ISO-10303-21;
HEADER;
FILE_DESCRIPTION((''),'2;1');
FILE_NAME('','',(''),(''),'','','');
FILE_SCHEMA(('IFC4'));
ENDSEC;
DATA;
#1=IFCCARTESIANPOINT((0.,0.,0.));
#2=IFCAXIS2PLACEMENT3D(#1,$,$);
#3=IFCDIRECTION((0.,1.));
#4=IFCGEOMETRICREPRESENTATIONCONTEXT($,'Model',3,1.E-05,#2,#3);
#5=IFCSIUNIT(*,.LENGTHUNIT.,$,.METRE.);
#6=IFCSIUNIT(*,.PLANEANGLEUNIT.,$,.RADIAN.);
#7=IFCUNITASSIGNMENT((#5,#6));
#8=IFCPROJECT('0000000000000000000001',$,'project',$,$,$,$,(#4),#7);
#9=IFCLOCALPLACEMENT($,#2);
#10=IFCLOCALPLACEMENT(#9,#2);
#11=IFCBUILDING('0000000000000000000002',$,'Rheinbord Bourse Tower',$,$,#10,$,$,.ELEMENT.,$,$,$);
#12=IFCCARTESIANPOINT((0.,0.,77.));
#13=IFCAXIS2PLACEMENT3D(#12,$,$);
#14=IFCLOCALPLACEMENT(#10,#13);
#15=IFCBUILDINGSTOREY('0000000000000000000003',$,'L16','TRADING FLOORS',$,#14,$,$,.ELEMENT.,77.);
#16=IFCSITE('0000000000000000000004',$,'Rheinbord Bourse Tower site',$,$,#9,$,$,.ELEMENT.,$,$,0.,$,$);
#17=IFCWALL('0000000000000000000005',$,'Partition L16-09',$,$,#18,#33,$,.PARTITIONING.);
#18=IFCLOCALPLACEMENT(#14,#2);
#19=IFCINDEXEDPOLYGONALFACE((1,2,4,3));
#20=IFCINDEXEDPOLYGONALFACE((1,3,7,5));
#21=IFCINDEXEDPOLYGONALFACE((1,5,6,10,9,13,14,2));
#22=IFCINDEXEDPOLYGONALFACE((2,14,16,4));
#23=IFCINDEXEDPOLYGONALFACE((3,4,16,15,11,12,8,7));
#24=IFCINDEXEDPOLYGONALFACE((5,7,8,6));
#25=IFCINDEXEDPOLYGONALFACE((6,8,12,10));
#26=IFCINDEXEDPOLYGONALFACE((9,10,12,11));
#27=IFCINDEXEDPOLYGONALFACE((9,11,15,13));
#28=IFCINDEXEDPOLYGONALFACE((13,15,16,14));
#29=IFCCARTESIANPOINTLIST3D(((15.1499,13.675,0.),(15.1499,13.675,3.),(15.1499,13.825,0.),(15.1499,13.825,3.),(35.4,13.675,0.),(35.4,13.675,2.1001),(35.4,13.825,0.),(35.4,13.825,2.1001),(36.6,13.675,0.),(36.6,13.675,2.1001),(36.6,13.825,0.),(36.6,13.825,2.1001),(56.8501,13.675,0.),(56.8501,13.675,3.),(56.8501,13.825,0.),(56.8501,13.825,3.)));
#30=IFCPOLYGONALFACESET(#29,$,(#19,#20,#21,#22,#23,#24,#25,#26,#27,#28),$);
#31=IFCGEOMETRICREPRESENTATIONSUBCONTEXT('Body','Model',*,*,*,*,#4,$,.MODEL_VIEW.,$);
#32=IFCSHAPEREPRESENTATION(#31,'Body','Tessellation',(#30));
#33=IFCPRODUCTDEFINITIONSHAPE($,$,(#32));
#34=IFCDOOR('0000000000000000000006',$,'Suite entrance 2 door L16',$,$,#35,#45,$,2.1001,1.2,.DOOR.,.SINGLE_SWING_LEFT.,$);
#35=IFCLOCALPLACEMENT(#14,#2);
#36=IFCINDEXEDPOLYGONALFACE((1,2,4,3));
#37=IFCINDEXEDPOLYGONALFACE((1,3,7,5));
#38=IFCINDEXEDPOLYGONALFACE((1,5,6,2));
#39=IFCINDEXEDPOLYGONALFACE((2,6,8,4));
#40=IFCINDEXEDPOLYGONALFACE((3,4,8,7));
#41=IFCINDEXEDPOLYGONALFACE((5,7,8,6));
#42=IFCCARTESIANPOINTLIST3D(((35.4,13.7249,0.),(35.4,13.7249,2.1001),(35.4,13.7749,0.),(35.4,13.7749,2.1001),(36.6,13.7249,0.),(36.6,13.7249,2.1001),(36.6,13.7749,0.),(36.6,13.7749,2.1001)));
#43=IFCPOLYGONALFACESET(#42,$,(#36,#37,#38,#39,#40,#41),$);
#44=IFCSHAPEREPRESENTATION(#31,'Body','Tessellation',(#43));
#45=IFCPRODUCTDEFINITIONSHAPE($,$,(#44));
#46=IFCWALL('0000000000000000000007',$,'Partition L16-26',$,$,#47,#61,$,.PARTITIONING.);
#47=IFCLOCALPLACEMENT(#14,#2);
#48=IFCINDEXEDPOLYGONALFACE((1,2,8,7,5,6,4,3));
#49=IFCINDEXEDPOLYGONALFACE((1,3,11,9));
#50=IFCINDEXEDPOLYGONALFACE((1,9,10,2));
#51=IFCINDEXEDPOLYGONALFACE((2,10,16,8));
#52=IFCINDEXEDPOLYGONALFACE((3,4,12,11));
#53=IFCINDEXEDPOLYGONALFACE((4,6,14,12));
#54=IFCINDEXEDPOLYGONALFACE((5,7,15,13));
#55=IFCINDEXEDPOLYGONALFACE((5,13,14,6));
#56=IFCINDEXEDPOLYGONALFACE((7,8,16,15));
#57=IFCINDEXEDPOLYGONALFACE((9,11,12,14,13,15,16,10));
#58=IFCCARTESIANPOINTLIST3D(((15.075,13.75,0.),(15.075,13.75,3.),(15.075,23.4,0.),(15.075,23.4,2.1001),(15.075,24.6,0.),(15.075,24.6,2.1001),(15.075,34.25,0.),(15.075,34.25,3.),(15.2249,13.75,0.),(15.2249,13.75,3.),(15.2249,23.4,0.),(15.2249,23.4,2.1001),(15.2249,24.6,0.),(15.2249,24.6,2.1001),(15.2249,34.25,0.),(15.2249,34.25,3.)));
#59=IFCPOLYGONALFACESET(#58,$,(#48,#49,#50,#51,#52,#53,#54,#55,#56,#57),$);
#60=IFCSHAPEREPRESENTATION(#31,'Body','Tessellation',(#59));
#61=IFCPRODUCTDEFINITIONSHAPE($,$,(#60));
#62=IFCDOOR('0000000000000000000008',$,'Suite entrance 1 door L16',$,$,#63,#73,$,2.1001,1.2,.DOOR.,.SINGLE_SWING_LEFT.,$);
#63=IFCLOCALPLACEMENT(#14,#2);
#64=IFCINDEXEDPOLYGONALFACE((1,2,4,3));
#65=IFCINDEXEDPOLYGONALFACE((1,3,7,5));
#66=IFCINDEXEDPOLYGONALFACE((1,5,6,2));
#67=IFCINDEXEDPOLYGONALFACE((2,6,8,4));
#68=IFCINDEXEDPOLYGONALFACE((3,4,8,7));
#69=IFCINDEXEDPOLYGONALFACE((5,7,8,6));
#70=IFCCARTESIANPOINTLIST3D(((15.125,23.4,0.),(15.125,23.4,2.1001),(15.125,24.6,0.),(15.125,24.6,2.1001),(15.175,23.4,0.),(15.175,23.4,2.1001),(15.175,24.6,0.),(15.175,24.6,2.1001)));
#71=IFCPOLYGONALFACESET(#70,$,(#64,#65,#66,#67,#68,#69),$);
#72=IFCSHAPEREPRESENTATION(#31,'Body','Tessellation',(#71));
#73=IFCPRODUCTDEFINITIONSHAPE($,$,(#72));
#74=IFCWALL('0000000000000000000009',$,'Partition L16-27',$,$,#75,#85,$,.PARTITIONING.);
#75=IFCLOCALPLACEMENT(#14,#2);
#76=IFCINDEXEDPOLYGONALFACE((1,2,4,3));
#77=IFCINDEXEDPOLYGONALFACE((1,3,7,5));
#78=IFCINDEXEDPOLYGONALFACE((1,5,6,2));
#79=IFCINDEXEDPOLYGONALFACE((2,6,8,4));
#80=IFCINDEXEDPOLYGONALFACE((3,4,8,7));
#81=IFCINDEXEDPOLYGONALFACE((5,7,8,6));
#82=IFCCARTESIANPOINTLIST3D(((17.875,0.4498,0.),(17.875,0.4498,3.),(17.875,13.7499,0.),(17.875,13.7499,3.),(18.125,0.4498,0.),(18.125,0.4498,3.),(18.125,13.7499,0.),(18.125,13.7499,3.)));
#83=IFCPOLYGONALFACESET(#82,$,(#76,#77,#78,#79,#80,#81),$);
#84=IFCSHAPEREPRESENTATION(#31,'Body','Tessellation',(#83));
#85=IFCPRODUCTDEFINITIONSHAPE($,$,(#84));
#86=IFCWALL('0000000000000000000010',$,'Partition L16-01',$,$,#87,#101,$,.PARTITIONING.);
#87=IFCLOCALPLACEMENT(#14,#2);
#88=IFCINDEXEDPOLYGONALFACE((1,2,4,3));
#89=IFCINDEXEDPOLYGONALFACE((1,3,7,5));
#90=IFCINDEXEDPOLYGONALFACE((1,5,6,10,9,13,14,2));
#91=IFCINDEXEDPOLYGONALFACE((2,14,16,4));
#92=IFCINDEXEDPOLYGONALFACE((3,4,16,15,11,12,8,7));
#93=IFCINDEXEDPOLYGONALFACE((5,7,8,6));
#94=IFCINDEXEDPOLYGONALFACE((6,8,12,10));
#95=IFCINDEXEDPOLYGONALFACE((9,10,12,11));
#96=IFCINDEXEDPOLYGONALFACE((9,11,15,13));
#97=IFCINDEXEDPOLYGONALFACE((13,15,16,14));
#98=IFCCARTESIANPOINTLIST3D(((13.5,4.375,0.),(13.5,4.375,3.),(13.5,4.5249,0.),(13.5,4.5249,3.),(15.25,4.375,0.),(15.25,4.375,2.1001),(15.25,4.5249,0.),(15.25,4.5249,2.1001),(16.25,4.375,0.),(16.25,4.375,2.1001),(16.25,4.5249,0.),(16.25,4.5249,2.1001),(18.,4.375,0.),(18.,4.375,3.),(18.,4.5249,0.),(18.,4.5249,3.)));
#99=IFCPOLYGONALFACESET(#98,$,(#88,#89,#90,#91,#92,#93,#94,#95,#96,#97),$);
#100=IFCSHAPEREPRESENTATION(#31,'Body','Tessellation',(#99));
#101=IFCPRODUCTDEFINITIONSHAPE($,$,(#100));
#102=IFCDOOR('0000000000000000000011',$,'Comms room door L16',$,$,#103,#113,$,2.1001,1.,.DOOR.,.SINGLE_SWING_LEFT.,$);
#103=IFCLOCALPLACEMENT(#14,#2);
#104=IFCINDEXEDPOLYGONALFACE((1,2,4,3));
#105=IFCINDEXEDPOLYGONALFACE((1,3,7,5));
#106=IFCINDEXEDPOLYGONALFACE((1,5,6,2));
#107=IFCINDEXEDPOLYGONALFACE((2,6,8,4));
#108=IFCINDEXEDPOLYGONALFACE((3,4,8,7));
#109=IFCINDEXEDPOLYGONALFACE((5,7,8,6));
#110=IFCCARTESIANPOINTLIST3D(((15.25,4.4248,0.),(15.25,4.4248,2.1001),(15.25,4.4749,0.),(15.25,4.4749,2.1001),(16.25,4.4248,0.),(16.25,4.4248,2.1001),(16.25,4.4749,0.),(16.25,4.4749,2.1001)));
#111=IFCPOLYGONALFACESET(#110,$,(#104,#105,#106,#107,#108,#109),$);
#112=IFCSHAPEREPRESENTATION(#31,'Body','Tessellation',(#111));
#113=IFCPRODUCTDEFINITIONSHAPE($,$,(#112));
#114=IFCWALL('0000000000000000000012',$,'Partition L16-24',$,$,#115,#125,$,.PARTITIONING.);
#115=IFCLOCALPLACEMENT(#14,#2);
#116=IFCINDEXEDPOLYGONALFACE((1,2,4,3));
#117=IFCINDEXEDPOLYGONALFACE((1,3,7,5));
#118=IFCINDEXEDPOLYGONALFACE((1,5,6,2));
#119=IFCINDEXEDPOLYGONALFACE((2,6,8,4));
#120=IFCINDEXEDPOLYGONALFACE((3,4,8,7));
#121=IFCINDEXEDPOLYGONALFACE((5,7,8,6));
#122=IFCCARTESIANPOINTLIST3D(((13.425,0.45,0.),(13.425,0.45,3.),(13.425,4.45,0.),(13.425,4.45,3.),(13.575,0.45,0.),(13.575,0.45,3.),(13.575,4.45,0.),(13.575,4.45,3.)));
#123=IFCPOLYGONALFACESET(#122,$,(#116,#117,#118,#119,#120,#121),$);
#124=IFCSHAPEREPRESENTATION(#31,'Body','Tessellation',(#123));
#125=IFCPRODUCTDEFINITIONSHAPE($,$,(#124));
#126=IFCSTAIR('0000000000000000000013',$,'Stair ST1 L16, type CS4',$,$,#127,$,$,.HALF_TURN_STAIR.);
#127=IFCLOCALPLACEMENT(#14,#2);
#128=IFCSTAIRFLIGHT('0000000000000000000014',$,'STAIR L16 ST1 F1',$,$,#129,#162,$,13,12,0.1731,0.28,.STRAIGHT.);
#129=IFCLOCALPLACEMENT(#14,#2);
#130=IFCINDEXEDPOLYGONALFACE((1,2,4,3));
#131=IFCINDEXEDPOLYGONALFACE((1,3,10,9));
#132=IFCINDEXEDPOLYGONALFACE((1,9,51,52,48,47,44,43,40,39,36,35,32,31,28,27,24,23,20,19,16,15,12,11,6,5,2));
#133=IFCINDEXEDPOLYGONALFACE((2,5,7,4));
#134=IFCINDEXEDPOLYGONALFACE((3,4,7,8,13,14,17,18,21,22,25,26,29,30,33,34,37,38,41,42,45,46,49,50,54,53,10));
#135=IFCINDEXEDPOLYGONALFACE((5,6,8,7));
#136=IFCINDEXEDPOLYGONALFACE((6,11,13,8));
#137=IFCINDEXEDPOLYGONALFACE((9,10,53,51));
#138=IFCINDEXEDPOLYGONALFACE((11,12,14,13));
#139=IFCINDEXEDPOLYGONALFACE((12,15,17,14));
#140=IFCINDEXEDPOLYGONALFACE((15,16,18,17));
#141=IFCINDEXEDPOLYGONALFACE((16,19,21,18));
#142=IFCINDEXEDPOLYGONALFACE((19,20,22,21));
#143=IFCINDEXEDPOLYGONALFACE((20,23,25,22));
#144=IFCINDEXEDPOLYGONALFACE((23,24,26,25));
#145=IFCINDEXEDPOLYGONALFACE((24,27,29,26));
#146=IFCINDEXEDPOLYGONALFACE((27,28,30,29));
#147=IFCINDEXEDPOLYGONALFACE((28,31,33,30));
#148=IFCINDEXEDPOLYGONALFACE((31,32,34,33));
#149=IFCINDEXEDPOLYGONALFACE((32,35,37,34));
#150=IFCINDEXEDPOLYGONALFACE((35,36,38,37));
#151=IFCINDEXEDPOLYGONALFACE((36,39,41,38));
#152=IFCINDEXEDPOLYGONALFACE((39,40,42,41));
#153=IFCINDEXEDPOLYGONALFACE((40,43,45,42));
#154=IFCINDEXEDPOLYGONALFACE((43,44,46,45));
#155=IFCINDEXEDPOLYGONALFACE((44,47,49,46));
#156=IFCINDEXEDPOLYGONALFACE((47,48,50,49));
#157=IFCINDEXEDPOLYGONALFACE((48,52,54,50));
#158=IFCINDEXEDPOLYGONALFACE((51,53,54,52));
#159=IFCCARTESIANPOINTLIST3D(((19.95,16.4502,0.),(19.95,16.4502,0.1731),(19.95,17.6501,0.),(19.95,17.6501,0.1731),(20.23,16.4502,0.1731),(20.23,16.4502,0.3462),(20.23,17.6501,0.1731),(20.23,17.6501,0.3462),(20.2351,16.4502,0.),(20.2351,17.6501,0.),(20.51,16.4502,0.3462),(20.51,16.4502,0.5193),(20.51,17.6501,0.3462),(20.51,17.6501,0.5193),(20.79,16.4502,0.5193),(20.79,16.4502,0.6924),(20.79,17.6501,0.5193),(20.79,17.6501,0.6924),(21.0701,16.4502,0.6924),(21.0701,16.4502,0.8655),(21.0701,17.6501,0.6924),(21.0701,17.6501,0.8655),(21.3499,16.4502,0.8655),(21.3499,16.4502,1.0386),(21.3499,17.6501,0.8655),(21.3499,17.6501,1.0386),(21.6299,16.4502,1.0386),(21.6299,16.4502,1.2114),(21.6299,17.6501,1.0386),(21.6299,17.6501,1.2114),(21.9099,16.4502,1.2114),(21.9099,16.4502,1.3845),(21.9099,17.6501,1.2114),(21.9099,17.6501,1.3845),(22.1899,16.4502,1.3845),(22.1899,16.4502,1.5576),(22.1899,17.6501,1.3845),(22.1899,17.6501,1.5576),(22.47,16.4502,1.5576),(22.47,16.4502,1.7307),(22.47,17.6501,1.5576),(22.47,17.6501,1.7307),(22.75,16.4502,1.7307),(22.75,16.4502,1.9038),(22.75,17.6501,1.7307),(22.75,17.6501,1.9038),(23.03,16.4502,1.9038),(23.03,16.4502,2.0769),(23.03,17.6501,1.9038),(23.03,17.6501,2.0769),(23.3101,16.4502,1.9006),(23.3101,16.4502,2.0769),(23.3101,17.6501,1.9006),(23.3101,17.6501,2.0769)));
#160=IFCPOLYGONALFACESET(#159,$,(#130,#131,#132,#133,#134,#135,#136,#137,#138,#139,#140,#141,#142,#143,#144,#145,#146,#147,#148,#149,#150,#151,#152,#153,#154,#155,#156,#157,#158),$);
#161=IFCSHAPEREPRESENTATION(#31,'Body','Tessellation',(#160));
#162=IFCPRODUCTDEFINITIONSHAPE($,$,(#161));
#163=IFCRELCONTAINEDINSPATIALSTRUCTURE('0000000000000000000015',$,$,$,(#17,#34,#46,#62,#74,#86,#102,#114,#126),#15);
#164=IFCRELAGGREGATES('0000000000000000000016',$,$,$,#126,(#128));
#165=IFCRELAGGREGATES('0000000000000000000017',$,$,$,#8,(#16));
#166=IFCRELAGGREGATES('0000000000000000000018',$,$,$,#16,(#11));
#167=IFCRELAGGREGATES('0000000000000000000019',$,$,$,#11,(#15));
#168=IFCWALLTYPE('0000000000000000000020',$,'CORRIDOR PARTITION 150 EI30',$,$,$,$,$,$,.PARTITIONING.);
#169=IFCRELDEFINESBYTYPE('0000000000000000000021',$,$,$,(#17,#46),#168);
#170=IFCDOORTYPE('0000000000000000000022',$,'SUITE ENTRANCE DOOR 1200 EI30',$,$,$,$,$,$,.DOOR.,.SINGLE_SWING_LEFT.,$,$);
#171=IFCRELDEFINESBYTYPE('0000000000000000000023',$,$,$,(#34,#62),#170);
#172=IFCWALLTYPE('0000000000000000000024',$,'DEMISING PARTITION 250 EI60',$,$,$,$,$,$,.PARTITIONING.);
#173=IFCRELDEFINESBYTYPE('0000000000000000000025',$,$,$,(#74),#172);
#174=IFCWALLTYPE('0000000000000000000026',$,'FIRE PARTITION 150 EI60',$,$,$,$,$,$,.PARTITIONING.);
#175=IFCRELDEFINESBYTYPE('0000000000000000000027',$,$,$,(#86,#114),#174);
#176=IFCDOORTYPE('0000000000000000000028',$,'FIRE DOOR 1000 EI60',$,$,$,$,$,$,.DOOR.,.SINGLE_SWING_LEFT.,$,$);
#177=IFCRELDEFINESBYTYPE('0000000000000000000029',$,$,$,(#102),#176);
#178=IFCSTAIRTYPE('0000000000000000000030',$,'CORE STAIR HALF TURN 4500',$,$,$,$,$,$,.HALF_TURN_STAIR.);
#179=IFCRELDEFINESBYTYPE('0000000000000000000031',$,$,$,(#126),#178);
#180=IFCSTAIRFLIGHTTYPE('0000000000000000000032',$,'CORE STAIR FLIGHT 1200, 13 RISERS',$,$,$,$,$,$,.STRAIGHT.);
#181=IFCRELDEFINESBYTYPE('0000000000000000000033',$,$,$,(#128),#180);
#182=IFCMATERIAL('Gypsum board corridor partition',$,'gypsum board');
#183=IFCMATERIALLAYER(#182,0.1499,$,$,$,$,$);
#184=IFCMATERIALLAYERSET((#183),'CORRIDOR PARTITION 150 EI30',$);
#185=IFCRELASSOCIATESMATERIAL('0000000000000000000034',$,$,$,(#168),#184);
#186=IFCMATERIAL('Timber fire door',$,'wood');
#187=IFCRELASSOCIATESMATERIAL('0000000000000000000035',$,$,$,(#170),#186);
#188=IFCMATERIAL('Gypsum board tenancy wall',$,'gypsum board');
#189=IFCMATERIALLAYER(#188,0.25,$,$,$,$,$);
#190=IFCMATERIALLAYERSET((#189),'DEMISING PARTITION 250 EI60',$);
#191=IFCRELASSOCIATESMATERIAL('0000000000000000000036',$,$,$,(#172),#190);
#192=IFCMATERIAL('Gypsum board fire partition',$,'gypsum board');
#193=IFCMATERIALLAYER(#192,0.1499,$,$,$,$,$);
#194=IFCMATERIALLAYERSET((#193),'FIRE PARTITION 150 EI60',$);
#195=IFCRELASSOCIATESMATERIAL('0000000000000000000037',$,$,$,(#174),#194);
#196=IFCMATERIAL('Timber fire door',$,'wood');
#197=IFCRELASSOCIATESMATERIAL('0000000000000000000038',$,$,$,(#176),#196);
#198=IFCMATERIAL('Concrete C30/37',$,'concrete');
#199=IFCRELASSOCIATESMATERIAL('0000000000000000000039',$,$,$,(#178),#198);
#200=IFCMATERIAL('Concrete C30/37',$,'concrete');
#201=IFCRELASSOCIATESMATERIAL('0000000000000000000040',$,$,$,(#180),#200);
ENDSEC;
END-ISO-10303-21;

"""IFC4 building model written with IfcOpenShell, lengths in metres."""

from ifc_helpers import new_model, si_unit, direction, frame, frame_2d, origin, place, context, subcontext, project, spatial, polyline, rectangle, outline, extrude, material, layer, layer_set, type_object, element, fill, aggregate, save


model = new_model("IFC4")

# Units and contexts
model_context = context("Model", 3, precision=1e-05, world=origin(), true_north=direction((0.0, 1.0)))
body_context = subcontext(model_context, "Body", "Model", "MODEL_VIEW")
ifc_project = project(units=[si_unit("LENGTHUNIT", "METRE"), si_unit("PLANEANGLEUNIT", "RADIAN")], contexts=[model_context])

# Site, building, storey
site_placement = place(None, origin())
site = spatial("IfcSite", under=ifc_project, at=site_placement, Name="Rheinbord Bourse Tower site", CompositionType="ELEMENT", RefElevation=0.0)
building_placement = place(site_placement, origin())
building = spatial("IfcBuilding", under=site, at=building_placement, Name="Rheinbord Bourse Tower", CompositionType="ELEMENT")
storey_placement = place(building_placement, frame((0.0, 0.0, 77.0)))
storey = spatial("IfcBuildingStorey", under=building, at=storey_placement, Name="L16", Description="TRADING FLOORS", CompositionType="ELEMENT", Elevation=77.0)

# Walls, openings, doors
ifc_material_1 = material(Name="Gypsum board corridor partition", Category="gypsum board")
ifc_layer_1 = layer(ifc_material_1, 0.1499)
ifc_layer_set_1 = layer_set([ifc_layer_1], Name="CORRIDOR PARTITION 150 EI30")
wall_type_1 = type_object("IfcWallType", Name="CORRIDOR PARTITION 150 EI30", PredefinedType="PARTITIONING", material=ifc_layer_set_1)
wall_1_placement = place(storey_placement, frame((15.1499, 13.75, 0.0), z_axis=(0.0, 0.0, 1.0), x_axis=(1.0, 0.0, 0.0)))
wall_1 = element("IfcWall", 1, at=wall_1_placement, inside=storey, type_object=wall_type_1, Name="Partition L16-09", PredefinedType="PARTITIONING", context=body_context, shape_type="SweptSolid", body=[
    extrude(rectangle(XDim=41.7002, YDim=0.1499, at=frame_2d((20.8501, 0.0))), origin(), (0.0, 0.0, 1.0), 3.0),
])
opening_1_placement = place(wall_1_placement, frame((20.25, 0.0, 0.0)))
opening_1 = element("IfcOpeningElement", 2, at=opening_1_placement, cuts=wall_1, PredefinedType="OPENING", context=body_context, shape_type="SweptSolid", body=[
    extrude(rectangle(XDim=1.2, YDim=2.1001, at=frame_2d((0.6001, 1.05))), frame((0.0, 0.085, 0.0), z_axis=(0.0, -1.0, 0.0), x_axis=(1.0, 0.0, 0.0)), (0.0, 0.0, 1.0), 0.1699),
])
ifc_material_2 = material(Name="Timber fire door", Category="wood")
door_type_1 = type_object("IfcDoorType", Name="SUITE ENTRANCE DOOR 1200 EI30", OperationType="SINGLE_SWING_LEFT", PredefinedType="DOOR", material=ifc_material_2)
door_1_placement = place(opening_1_placement, origin())
door_1 = element("IfcDoor", 3, at=door_1_placement, inside=storey, type_object=door_type_1, Name="Suite entrance 2 door L16", OperationType="SINGLE_SWING_LEFT", OverallHeight=2.1001, OverallWidth=1.2, PredefinedType="DOOR", context=body_context, shape_type="SweptSolid", body=[
    extrude(rectangle(XDim=1.2, YDim=2.1001, at=frame_2d((0.6001, 1.05))), frame((0.0, 0.0249, 0.0), z_axis=(0.0, -1.0, 0.0), x_axis=(1.0, 0.0, 0.0)), (0.0, 0.0, 1.0), 0.05),
])
fill(opening_1, door_1)
wall_2_placement = place(storey_placement, frame((15.1499, 13.75, 0.0), z_axis=(0.0, 0.0, 1.0), x_axis=(0.0, 1.0, 0.0)))
wall_2 = element("IfcWall", 4, at=wall_2_placement, inside=storey, type_object=wall_type_1, Name="Partition L16-26", PredefinedType="PARTITIONING", context=body_context, shape_type="SweptSolid", body=[
    extrude(rectangle(XDim=20.5, YDim=0.1499, at=frame_2d((10.25, 0.0))), origin(), (0.0, 0.0, 1.0), 3.0),
])
opening_2_placement = place(wall_2_placement, frame((9.6499, 0.0, 0.0)))
opening_2 = element("IfcOpeningElement", 5, at=opening_2_placement, cuts=wall_2, PredefinedType="OPENING", context=body_context, shape_type="SweptSolid", body=[
    extrude(rectangle(XDim=1.2, YDim=2.1001, at=frame_2d((0.6001, 1.05))), frame((0.0, 0.085, 0.0), z_axis=(0.0, -1.0, 0.0), x_axis=(1.0, 0.0, 0.0)), (0.0, 0.0, 1.0), 0.1699),
])
door_2_placement = place(opening_2_placement, origin())
door_2 = element("IfcDoor", 6, at=door_2_placement, inside=storey, type_object=door_type_1, Name="Suite entrance 1 door L16", OperationType="SINGLE_SWING_LEFT", OverallHeight=2.1001, OverallWidth=1.2, PredefinedType="DOOR", context=body_context, shape_type="SweptSolid", body=[
    extrude(rectangle(XDim=1.2, YDim=2.1001, at=frame_2d((0.6001, 1.05))), frame((0.0, 0.0249, 0.0), z_axis=(0.0, -1.0, 0.0), x_axis=(1.0, 0.0, 0.0)), (0.0, 0.0, 1.0), 0.05),
])
fill(opening_2, door_2)

# Wall
ifc_material_3 = material(Name="Gypsum board tenancy wall", Category="gypsum board")
ifc_layer_2 = layer(ifc_material_3, 0.25)
ifc_layer_set_2 = layer_set([ifc_layer_2], Name="DEMISING PARTITION 250 EI60")
wall_type_2 = type_object("IfcWallType", Name="DEMISING PARTITION 250 EI60", PredefinedType="PARTITIONING", material=ifc_layer_set_2)
wall_3_placement = place(storey_placement, frame((18.0, 0.45, 0.0), z_axis=(0.0, 0.0, 1.0), x_axis=(0.0, 1.0, 0.0)))
element("IfcWall", 7, at=wall_3_placement, inside=storey, type_object=wall_type_2, Name="Partition L16-27", PredefinedType="PARTITIONING", context=body_context, shape_type="SweptSolid", body=[
    extrude(rectangle(XDim=13.3, YDim=0.25, at=frame_2d((6.6499, 0.0))), origin(), (0.0, 0.0, 1.0), 3.0),
])

# Wall, opening, door
ifc_material_4 = material(Name="Gypsum board fire partition", Category="gypsum board")
ifc_layer_3 = layer(ifc_material_4, 0.1499)
ifc_layer_set_3 = layer_set([ifc_layer_3], Name="FIRE PARTITION 150 EI60")
wall_type_3 = type_object("IfcWallType", Name="FIRE PARTITION 150 EI60", PredefinedType="PARTITIONING", material=ifc_layer_set_3)
wall_4_placement = place(storey_placement, frame((13.5, 4.45, 0.0), z_axis=(0.0, 0.0, 1.0), x_axis=(1.0, 0.0, 0.0)))
wall_4 = element("IfcWall", 8, at=wall_4_placement, inside=storey, type_object=wall_type_3, Name="Partition L16-01", PredefinedType="PARTITIONING", context=body_context, shape_type="SweptSolid", body=[
    extrude(rectangle(XDim=4.5, YDim=0.1499, at=frame_2d((2.25, 0.0))), origin(), (0.0, 0.0, 1.0), 3.0),
])
opening_3_placement = place(wall_4_placement, frame((1.75, 0.0, 0.0)))
opening_3 = element("IfcOpeningElement", 9, at=opening_3_placement, cuts=wall_4, PredefinedType="OPENING", context=body_context, shape_type="SweptSolid", body=[
    extrude(rectangle(XDim=1.0, YDim=2.1001, at=frame_2d((0.5, 1.05))), frame((0.0, 0.085, 0.0), z_axis=(0.0, -1.0, 0.0), x_axis=(1.0, 0.0, 0.0)), (0.0, 0.0, 1.0), 0.1699),
])
ifc_material_5 = material(Name="Timber fire door", Category="wood")
door_type_2 = type_object("IfcDoorType", Name="FIRE DOOR 1000 EI60", OperationType="SINGLE_SWING_LEFT", PredefinedType="DOOR", material=ifc_material_5)
door_3_placement = place(opening_3_placement, origin())
door_3 = element("IfcDoor", 10, at=door_3_placement, inside=storey, type_object=door_type_2, Name="Comms room door L16", OperationType="SINGLE_SWING_LEFT", OverallHeight=2.1001, OverallWidth=1.0, PredefinedType="DOOR", context=body_context, shape_type="SweptSolid", body=[
    extrude(rectangle(XDim=1.0, YDim=2.1001, at=frame_2d((0.5, 1.05))), frame((0.0, 0.0249, 0.0), z_axis=(0.0, -1.0, 0.0), x_axis=(1.0, 0.0, 0.0)), (0.0, 0.0, 1.0), 0.05),
])
fill(opening_3, door_3)

# Wall
wall_5_placement = place(storey_placement, frame((13.5, 0.45, 0.0), z_axis=(0.0, 0.0, 1.0), x_axis=(0.0, 1.0, 0.0)))
element("IfcWall", 11, at=wall_5_placement, inside=storey, type_object=wall_type_3, Name="Partition L16-24", PredefinedType="PARTITIONING", context=body_context, shape_type="SweptSolid", body=[
    extrude(rectangle(XDim=4.0, YDim=0.1499, at=frame_2d((2.0, 0.0))), origin(), (0.0, 0.0, 1.0), 3.0),
])

# Stair, stair flight
ifc_material_6 = material(Name="Concrete C30/37", Category="concrete")
stair_type = type_object("IfcStairType", Name="CORE STAIR HALF TURN 4500", PredefinedType="HALF_TURN_STAIR", material=ifc_material_6)
stair_placement = place(storey_placement, origin())
stair = element("IfcStair", 12, at=stair_placement, inside=storey, type_object=stair_type, Name="Stair ST1 L16, type CS4", PredefinedType="HALF_TURN_STAIR")
ifc_material_7 = material(Name="Concrete C30/37", Category="concrete")
stair_flight_type = type_object("IfcStairFlightType", Name="CORE STAIR FLIGHT 1200, 13 RISERS", PredefinedType="STRAIGHT", material=ifc_material_7)
stair_flight_1_placement = place(storey_placement, frame((19.95, 17.05, 0.0), z_axis=(0.0, 0.0, 1.0), x_axis=(1.0, 0.0, 0.0)))
stair_flight_1 = element("IfcStairFlight", 13, at=stair_flight_1_placement, type_object=stair_flight_type, Name="STAIR L16 ST1 F1", NumberOfRisers=13, NumberOfTreads=12, PredefinedType="STRAIGHT", RiserHeight=0.1731, TreadLength=0.28, context=body_context, shape_type="SweptSolid", body=[
    extrude(outline(polyline([(0.0, 0.0), (0.0, 0.1731), (0.28, 0.1731), (0.28, 0.3462), (0.5601, 0.3462), (0.5601, 0.5193), (0.8401, 0.5193), (0.8401, 0.6924), (1.1201, 0.6924), (1.1201, 0.8655), (1.3999, 0.8655), (1.3999, 1.0386), (1.6799, 1.0386), (1.6799, 1.2114), (1.96, 1.2114), (1.96, 1.3845), (2.24, 1.3845), (2.24, 1.5576), (2.52, 1.5576), (2.52, 1.7307), (2.8, 1.7307), (2.8, 1.9038), (3.0801, 1.9038), (3.0801, 2.0769), (3.3601, 2.0769), (3.3601, 2.25), (3.3601, 1.9006), (0.2852, 0.0), (0.0, 0.0)])), frame((0.0, 0.6001, 0.0), z_axis=(0.0, -1.0, 0.0), x_axis=(1.0, 0.0, 0.0)), (0.0, 0.0, 1.0), 1.2),
])
aggregate(stair, [stair_flight_1])

save(model, "model.ifc")
